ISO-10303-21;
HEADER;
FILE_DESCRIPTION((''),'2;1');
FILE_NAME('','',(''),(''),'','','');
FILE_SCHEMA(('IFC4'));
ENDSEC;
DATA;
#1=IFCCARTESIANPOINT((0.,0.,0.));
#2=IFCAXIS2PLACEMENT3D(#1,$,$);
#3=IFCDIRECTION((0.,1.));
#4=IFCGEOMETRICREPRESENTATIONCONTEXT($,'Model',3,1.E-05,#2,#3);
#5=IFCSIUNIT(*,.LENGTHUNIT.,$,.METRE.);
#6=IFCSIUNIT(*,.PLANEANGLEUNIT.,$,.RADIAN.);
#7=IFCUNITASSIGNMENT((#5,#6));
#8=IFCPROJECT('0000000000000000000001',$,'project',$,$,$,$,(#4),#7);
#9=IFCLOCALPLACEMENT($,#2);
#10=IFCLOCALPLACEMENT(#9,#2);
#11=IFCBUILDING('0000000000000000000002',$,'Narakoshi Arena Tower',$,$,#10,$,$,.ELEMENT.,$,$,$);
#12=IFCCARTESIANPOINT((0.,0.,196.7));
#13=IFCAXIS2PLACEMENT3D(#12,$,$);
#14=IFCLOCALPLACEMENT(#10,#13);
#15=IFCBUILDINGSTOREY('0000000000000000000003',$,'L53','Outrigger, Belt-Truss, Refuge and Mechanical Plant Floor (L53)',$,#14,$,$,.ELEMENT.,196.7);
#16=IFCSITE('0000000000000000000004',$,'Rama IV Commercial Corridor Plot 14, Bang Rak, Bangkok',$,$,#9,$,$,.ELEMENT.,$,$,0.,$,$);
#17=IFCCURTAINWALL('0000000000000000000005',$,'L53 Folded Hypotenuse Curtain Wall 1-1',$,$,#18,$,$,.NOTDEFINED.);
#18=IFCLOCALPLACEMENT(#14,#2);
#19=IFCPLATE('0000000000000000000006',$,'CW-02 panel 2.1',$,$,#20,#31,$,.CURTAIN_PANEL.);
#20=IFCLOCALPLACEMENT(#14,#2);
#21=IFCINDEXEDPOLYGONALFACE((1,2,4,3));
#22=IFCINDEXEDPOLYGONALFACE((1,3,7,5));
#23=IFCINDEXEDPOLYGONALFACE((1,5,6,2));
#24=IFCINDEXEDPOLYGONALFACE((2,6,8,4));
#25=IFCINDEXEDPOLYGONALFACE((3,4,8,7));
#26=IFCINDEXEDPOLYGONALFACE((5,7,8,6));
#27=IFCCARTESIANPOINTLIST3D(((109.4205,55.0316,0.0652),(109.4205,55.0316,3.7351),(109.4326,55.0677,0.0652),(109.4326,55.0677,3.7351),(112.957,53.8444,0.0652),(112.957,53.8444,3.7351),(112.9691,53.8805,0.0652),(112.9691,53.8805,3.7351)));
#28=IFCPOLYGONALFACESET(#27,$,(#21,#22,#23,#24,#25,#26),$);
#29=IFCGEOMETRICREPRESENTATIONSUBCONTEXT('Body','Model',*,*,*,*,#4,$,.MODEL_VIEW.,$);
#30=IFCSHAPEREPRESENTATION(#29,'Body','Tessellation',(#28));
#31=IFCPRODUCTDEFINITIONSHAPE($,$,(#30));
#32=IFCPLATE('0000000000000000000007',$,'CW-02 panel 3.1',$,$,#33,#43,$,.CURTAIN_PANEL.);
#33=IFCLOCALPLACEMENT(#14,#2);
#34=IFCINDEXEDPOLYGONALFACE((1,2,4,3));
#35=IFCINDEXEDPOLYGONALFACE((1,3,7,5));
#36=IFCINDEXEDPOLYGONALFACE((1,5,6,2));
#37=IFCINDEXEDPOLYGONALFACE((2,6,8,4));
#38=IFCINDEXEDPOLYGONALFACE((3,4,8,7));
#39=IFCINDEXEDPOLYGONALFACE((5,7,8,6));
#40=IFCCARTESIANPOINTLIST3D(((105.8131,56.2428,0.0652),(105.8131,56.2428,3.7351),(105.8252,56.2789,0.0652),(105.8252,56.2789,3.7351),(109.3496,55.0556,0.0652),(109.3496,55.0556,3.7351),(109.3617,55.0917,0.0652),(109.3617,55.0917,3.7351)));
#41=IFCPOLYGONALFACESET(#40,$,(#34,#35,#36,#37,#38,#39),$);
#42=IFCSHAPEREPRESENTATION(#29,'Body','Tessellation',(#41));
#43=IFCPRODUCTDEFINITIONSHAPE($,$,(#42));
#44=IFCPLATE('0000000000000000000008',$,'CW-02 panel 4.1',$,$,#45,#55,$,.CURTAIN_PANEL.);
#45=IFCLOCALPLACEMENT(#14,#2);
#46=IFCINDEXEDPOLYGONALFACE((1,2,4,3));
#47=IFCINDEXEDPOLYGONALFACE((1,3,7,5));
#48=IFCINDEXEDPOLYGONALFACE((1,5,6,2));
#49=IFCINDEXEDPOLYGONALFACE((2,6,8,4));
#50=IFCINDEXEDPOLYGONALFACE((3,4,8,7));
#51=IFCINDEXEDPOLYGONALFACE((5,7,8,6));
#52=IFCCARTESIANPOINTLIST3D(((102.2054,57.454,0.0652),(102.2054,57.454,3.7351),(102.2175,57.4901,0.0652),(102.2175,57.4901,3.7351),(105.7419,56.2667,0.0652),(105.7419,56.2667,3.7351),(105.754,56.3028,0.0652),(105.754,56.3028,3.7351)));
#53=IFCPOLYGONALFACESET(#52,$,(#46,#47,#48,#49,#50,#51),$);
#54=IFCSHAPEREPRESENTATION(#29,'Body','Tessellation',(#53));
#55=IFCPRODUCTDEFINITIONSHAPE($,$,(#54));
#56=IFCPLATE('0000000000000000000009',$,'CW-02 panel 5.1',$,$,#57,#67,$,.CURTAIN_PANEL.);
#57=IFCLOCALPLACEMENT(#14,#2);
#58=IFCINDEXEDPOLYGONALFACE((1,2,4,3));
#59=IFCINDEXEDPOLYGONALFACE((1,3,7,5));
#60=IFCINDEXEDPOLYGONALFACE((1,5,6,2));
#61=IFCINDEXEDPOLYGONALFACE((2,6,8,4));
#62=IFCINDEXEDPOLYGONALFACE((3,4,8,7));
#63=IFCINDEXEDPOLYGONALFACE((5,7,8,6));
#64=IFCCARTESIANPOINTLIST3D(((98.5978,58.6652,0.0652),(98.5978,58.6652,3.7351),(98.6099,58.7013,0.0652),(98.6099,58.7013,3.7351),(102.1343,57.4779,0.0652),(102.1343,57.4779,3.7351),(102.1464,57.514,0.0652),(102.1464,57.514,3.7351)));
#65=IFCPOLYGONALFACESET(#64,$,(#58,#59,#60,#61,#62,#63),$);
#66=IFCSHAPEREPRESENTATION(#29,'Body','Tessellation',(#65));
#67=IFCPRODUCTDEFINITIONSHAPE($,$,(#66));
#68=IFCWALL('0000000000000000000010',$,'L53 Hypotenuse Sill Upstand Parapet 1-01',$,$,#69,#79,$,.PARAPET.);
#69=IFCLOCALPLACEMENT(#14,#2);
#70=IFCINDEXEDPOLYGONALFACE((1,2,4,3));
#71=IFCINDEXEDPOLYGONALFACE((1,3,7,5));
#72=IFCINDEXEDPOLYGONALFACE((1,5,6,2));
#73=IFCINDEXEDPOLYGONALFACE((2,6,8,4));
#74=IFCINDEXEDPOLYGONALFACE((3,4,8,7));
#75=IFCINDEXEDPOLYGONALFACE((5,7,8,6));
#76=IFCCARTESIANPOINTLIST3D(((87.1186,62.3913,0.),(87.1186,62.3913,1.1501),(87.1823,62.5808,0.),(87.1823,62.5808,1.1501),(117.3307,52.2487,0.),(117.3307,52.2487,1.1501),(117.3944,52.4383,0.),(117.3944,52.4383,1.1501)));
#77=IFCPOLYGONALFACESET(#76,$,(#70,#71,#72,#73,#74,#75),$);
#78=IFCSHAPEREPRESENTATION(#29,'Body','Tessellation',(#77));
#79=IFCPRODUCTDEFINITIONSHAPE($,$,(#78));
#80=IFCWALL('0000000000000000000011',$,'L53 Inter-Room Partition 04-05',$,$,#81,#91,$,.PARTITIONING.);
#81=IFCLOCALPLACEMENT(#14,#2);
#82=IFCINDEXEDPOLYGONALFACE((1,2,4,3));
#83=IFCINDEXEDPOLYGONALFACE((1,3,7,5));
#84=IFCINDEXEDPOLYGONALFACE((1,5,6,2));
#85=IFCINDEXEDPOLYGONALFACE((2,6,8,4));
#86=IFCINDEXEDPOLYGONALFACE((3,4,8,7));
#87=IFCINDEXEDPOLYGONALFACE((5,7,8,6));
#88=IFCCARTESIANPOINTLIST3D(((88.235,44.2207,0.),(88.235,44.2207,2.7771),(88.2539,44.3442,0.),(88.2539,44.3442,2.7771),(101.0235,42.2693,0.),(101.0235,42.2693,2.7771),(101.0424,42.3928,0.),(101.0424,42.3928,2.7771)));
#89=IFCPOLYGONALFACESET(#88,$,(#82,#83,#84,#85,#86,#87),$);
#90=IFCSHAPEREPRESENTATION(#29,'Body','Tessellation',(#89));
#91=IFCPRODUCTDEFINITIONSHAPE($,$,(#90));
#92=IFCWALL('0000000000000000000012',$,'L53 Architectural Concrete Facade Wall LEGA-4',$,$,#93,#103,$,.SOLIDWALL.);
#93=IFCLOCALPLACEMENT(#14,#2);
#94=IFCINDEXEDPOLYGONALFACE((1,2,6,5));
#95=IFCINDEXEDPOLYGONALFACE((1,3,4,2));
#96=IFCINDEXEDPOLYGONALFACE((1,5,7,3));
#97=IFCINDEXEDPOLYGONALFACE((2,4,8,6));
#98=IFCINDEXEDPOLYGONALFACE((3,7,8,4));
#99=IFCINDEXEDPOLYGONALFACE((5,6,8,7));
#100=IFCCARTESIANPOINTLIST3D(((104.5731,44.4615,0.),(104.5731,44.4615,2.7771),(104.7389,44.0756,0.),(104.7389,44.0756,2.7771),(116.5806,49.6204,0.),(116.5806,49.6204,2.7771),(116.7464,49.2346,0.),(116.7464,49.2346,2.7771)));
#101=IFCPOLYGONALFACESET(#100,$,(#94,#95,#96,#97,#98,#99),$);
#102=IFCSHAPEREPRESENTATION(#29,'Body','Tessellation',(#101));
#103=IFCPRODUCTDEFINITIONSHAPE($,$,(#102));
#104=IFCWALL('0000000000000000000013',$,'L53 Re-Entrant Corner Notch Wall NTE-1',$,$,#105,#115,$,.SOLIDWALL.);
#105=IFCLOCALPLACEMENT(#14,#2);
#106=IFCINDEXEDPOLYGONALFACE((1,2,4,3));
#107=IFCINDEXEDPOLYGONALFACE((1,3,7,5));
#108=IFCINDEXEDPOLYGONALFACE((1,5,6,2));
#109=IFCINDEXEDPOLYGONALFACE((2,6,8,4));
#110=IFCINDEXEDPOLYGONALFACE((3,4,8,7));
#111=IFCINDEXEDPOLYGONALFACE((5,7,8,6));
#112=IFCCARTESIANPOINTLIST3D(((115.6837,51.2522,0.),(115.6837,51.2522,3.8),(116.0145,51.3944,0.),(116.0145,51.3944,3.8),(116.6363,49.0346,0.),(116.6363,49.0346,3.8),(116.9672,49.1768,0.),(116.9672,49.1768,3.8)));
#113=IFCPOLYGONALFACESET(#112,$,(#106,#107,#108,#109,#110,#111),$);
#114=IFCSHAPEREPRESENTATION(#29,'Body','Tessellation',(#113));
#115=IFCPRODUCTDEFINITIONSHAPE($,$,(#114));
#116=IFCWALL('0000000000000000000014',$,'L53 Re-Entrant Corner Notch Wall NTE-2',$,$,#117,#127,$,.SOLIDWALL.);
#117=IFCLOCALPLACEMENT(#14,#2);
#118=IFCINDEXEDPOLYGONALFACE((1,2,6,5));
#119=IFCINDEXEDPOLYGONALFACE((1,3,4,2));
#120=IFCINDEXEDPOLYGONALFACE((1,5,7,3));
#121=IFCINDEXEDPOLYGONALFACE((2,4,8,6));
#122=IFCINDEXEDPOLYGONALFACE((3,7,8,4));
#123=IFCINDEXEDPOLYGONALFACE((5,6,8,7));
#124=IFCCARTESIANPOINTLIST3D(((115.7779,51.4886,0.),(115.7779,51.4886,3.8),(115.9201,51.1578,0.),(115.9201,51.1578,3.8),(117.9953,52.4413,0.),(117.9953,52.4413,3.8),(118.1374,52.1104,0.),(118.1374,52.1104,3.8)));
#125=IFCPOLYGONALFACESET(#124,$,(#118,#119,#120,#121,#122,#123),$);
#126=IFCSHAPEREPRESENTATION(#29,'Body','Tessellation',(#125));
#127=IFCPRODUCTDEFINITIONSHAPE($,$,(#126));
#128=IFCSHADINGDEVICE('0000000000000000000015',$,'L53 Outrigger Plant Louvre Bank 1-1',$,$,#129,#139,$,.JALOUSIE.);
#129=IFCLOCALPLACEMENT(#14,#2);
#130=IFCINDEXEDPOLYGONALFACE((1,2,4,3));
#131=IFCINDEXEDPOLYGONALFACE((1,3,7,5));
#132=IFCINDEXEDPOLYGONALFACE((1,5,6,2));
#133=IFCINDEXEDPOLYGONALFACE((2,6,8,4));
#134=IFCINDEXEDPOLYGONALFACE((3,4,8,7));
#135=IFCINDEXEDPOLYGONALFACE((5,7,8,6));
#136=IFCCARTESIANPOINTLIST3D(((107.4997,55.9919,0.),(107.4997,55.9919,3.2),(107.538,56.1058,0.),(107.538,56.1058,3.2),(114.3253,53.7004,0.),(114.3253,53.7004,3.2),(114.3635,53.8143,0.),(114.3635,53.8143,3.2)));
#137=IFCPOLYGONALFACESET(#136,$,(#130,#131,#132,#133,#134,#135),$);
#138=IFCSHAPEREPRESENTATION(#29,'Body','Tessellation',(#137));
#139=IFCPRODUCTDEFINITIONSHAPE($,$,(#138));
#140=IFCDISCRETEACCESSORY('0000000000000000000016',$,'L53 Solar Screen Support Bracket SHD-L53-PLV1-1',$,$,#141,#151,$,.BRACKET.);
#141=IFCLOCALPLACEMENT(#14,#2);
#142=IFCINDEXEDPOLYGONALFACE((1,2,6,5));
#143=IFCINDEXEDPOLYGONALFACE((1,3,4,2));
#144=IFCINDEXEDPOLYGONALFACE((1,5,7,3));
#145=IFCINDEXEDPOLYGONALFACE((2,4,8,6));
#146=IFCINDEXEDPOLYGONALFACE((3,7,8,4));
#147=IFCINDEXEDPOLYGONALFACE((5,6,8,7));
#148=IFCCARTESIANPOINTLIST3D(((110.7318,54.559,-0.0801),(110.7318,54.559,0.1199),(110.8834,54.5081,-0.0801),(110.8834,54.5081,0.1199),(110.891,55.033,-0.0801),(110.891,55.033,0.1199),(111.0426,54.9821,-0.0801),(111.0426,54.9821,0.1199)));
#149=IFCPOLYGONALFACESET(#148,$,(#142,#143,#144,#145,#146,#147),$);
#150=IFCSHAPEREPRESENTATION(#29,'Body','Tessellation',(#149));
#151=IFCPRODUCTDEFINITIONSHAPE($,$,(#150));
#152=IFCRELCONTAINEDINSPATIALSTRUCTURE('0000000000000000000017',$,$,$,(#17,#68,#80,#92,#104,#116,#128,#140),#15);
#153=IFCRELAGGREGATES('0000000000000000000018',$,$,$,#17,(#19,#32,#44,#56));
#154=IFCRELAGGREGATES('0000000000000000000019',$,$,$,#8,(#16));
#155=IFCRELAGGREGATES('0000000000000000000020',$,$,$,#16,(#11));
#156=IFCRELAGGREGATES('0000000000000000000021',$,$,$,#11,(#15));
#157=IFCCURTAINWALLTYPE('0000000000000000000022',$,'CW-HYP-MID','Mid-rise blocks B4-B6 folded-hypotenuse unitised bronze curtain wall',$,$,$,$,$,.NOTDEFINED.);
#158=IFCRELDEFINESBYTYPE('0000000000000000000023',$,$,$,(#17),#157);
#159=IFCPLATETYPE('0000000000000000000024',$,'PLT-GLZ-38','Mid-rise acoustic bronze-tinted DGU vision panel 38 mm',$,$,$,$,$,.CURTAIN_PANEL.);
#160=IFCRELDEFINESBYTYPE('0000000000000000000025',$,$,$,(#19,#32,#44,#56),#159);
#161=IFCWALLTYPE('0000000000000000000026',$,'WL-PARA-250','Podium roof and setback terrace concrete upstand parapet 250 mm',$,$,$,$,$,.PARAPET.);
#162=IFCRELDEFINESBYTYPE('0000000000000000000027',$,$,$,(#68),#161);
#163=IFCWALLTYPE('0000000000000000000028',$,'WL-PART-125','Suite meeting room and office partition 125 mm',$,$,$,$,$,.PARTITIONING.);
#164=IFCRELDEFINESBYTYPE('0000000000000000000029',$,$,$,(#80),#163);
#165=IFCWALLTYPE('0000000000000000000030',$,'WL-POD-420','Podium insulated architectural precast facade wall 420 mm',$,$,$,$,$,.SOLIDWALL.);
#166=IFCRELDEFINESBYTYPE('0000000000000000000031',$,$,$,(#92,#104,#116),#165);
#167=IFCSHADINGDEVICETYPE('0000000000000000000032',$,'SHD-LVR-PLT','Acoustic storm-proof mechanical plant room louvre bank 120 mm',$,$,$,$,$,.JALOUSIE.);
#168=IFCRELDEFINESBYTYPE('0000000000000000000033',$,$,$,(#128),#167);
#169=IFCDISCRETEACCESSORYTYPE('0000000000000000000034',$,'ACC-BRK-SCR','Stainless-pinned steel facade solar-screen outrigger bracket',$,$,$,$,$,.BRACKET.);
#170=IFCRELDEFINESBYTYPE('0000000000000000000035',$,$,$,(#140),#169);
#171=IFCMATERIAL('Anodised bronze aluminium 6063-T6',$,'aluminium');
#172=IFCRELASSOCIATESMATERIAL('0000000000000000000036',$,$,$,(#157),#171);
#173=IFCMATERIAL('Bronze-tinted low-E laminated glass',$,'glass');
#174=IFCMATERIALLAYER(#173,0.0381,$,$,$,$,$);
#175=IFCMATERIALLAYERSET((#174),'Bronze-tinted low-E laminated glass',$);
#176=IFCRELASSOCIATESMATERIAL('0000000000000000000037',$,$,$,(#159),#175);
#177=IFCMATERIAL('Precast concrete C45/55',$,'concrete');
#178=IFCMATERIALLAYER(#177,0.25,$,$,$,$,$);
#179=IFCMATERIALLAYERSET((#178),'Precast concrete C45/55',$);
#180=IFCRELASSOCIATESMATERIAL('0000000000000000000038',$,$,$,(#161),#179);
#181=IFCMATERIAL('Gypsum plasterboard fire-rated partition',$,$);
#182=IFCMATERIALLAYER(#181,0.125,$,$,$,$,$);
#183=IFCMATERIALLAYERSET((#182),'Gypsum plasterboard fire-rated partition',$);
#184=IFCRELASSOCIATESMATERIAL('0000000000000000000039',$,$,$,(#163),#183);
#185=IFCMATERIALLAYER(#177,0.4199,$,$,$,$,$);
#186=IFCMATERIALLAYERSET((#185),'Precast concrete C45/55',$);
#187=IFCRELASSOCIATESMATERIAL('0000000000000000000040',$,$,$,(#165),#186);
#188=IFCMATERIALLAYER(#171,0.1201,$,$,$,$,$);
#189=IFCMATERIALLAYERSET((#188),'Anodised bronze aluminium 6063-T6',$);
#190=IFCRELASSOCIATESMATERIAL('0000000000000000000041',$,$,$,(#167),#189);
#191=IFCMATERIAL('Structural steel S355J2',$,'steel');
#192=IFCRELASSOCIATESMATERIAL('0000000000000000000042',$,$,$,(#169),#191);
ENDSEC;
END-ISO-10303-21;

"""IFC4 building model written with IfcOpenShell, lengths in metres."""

from ifc_helpers import new_model, si_unit, direction, frame, frame_2d, origin, origin_2d, place, context, subcontext, project, spatial, rectangle, extrude, material, layer, layer_set, type_object, element, aggregate, save


model = new_model("IFC4")

# Units and contexts
model_context = context("Model", 3, precision=1e-05, world=origin(), true_north=direction((0.0, 1.0)))
body_context = subcontext(model_context, "Body", "Model", "MODEL_VIEW")
ifc_project = project(units=[si_unit("LENGTHUNIT", "METRE"), si_unit("PLANEANGLEUNIT", "RADIAN")], contexts=[model_context])

# Site, building, storey
site_placement = place(None, origin())
site = spatial("IfcSite", under=ifc_project, at=site_placement, Name="Rama IV Commercial Corridor Plot 14, Bang Rak, Bangkok", CompositionType="ELEMENT", RefElevation=0.0)
building_placement = place(site_placement, origin())
building = spatial("IfcBuilding", under=site, at=building_placement, Name="Narakoshi Arena Tower", CompositionType="ELEMENT")
storey_placement = place(building_placement, frame((0.0, 0.0, 196.7)))
storey = spatial("IfcBuildingStorey", under=building, at=storey_placement, Name="L53", Description="Outrigger, Belt-Truss, Refuge and Mechanical Plant Floor (L53)", CompositionType="ELEMENT", Elevation=196.7)

# Curtain wall, plates
ifc_material_1 = material(Name="Anodised bronze aluminium 6063-T6", Category="aluminium")
curtain_wall_type = type_object("IfcCurtainWallType", Name="CW-HYP-MID", Description="Mid-rise blocks B4-B6 folded-hypotenuse unitised bronze curtain wall", PredefinedType="NOTDEFINED", material=ifc_material_1)
curtain_wall_placement = place(storey_placement, origin())
curtain_wall = element("IfcCurtainWall", 1, at=curtain_wall_placement, inside=storey, type_object=curtain_wall_type, Name="L53 Folded Hypotenuse Curtain Wall 1-1", PredefinedType="NOTDEFINED")
ifc_material_2 = material(Name="Bronze-tinted low-E laminated glass", Category="glass")
ifc_layer_1 = layer(ifc_material_2, 0.0381)
ifc_layer_set_1 = layer_set([ifc_layer_1], Name="Bronze-tinted low-E laminated glass")
plate_type = type_object("IfcPlateType", Name="PLT-GLZ-38", Description="Mid-rise acoustic bronze-tinted DGU vision panel 38 mm", PredefinedType="CURTAIN_PANEL", material=ifc_layer_set_1)
plate_1_placement = place(storey_placement, frame((111.1948, 54.4561, 0.0652), z_axis=(0.0, 0.0, 1.0), x_axis=(-0.948003, 0.318261, 0.0)))
plate_1 = element("IfcPlate", 2, at=plate_1_placement, type_object=plate_type, Name="CW-02 panel 2.1", PredefinedType="CURTAIN_PANEL", context=body_context, shape_type="SweptSolid", body=[
    extrude(rectangle(XDim=3.7305, YDim=0.0381, at=origin_2d()), origin(), (0.0, 0.0, 1.0), 3.6699),
])
plate_2_placement = place(storey_placement, frame((107.5874, 55.6672, 0.0652), z_axis=(0.0, 0.0, 1.0), x_axis=(-0.948003, 0.318261, 0.0)))
plate_2 = element("IfcPlate", 3, at=plate_2_placement, type_object=plate_type, Name="CW-02 panel 3.1", PredefinedType="CURTAIN_PANEL", context=body_context, shape_type="SweptSolid", body=[
    extrude(rectangle(XDim=3.7305, YDim=0.0381, at=origin_2d()), origin(), (0.0, 0.0, 1.0), 3.6699),
])
plate_3_placement = place(storey_placement, frame((103.9797, 56.8784, 0.0652), z_axis=(0.0, 0.0, 1.0), x_axis=(-0.948003, 0.318261, 0.0)))
plate_3 = element("IfcPlate", 4, at=plate_3_placement, type_object=plate_type, Name="CW-02 panel 4.1", PredefinedType="CURTAIN_PANEL", context=body_context, shape_type="SweptSolid", body=[
    extrude(rectangle(XDim=3.7305, YDim=0.0381, at=origin_2d()), origin(), (0.0, 0.0, 1.0), 3.6699),
])
plate_4_placement = place(storey_placement, frame((100.3721, 58.0896, 0.0652), z_axis=(0.0, 0.0, 1.0), x_axis=(-0.948003, 0.318261, 0.0)))
plate_4 = element("IfcPlate", 5, at=plate_4_placement, type_object=plate_type, Name="CW-02 panel 5.1", PredefinedType="CURTAIN_PANEL", context=body_context, shape_type="SweptSolid", body=[
    extrude(rectangle(XDim=3.7305, YDim=0.0381, at=origin_2d()), origin(), (0.0, 0.0, 1.0), 3.6699),
])
aggregate(curtain_wall, [plate_1, plate_2, plate_3, plate_4])

# Walls
ifc_material_3 = material(Name="Precast concrete C45/55", Category="concrete")
ifc_layer_2 = layer(ifc_material_3, 0.25)
ifc_layer_set_2 = layer_set([ifc_layer_2], Name="Precast concrete C45/55")
wall_type_1 = type_object("IfcWallType", Name="WL-PARA-250", Description="Podium roof and setback terrace concrete upstand parapet 250 mm", PredefinedType="PARAPET", material=ifc_layer_set_2)
wall_1_placement = place(storey_placement, frame((117.3625, 52.3435, 0.0), z_axis=(0.0, 0.0, 1.0), x_axis=(-0.948005, 0.318256, 0.0)))
element("IfcWall", 6, at=wall_1_placement, inside=storey, type_object=wall_type_1, Name="L53 Hypotenuse Sill Upstand Parapet 1-01", PredefinedType="PARAPET", context=body_context, shape_type="SweptSolid", body=[
    extrude(rectangle(XDim=31.8691, YDim=0.2, at=frame_2d((15.9346, 0.0))), origin(), (0.0, 0.0, 1.0), 1.1501),
])
ifc_material_4 = material(Name="Gypsum plasterboard fire-rated partition")
ifc_layer_3 = layer(ifc_material_4, 0.125)
ifc_layer_set_3 = layer_set([ifc_layer_3], Name="Gypsum plasterboard fire-rated partition")
wall_type_2 = type_object("IfcWallType", Name="WL-PART-125", Description="Suite meeting room and office partition 125 mm", PredefinedType="PARTITIONING", material=ifc_layer_set_3)
wall_2_placement = place(storey_placement, frame((101.033, 42.3311, 0.0), z_axis=(0.0, 0.0, 1.0), x_axis=(-0.988557, 0.150845, 0.0)))
element("IfcWall", 7, at=wall_2_placement, inside=storey, type_object=wall_type_2, Name="L53 Inter-Room Partition 04-05", PredefinedType="PARTITIONING", context=body_context, shape_type="SweptSolid", body=[
    extrude(rectangle(XDim=12.9365, YDim=0.125, at=frame_2d((6.4683, 0.0))), origin(), (0.0, 0.0, 1.0), 2.7771),
])
ifc_layer_4 = layer(ifc_material_3, 0.4199)
ifc_layer_set_4 = layer_set([ifc_layer_4], Name="Precast concrete C45/55")
wall_type_3 = type_object("IfcWallType", Name="WL-POD-420", Description="Podium insulated architectural precast facade wall 420 mm", PredefinedType="SOLIDWALL", material=ifc_layer_set_4)
wall_3_placement = place(storey_placement, frame((104.656, 44.2686, 0.0), z_axis=(0.0, 0.0, 1.0), x_axis=(0.918789, 0.394749, 0.0)))
element("IfcWall", 8, at=wall_3_placement, inside=storey, type_object=wall_type_3, Name="L53 Architectural Concrete Facade Wall LEGA-4", PredefinedType="SOLIDWALL", context=body_context, shape_type="SweptSolid", body=[
    extrude(rectangle(XDim=13.0688, YDim=0.4199, at=frame_2d((6.5344, 0.0))), origin(), (0.0, 0.0, 1.0), 2.7771),
])
wall_4_placement = place(storey_placement, frame((116.8018, 49.1057, 0.0), z_axis=(0.0, 0.0, 1.0), x_axis=(-0.394713, 0.918805, 0.0)))
element("IfcWall", 9, at=wall_4_placement, inside=storey, type_object=wall_type_3, Name="L53 Re-Entrant Corner Notch Wall NTE-1", PredefinedType="SOLIDWALL", context=body_context, shape_type="SweptSolid", body=[
    extrude(rectangle(XDim=2.4136, YDim=0.3601, at=frame_2d((1.2068, 0.0))), origin(), (0.0, 0.0, 1.0), 3.8),
])
wall_5_placement = place(storey_placement, frame((115.8491, 51.3232, 0.0), z_axis=(0.0, 0.0, 1.0), x_axis=(0.918789, 0.394749, 0.0)))
element("IfcWall", 10, at=wall_5_placement, inside=storey, type_object=wall_type_3, Name="L53 Re-Entrant Corner Notch Wall NTE-2", PredefinedType="SOLIDWALL", context=body_context, shape_type="SweptSolid", body=[
    extrude(rectangle(XDim=2.4133, YDim=0.3601, at=frame_2d((1.2065, 0.0))), origin(), (0.0, 0.0, 1.0), 3.8),
])

# Shading device
ifc_layer_5 = layer(ifc_material_1, 0.1201)
ifc_layer_set_5 = layer_set([ifc_layer_5], Name="Anodised bronze aluminium 6063-T6")
shading_device_type = type_object("IfcShadingDeviceType", Name="SHD-LVR-PLT", Description="Acoustic storm-proof mechanical plant room louvre bank 120 mm", PredefinedType="JALOUSIE", material=ifc_layer_set_5)
shading_device_placement = place(storey_placement, frame((110.9316, 54.9031, 0.0), z_axis=(0.0, 0.0, 1.0), x_axis=(-0.948002, 0.318264, 0.0)))
element("IfcShadingDevice", 11, at=shading_device_placement, inside=storey, type_object=shading_device_type, Name="L53 Outrigger Plant Louvre Bank 1-1", PredefinedType="JALOUSIE", context=body_context, shape_type="SweptSolid", body=[
    extrude(rectangle(XDim=7.2, YDim=0.1201, at=origin_2d()), origin(), (0.0, 0.0, 1.0), 3.2),
])

# Discrete accessory
ifc_material_5 = material(Name="Structural steel S355J2", Category="steel")
discrete_accessory_type = type_object("IfcDiscreteAccessoryType", Name="ACC-BRK-SCR", Description="Stainless-pinned steel facade solar-screen outrigger bracket", PredefinedType="BRACKET", material=ifc_material_5)
discrete_accessory_placement = place(storey_placement, frame((110.8872, 54.7705, -0.0801), z_axis=(0.0, 0.0, 1.0), x_axis=(-0.948002, 0.318264, 0.0)))
element("IfcDiscreteAccessory", 12, at=discrete_accessory_placement, inside=storey, type_object=discrete_accessory_type, Name="L53 Solar Screen Support Bracket SHD-L53-PLV1-1", PredefinedType="BRACKET", context=body_context, shape_type="SweptSolid", body=[
    extrude(rectangle(XDim=0.1599, YDim=0.5, at=origin_2d()), origin(), (0.0, 0.0, 1.0), 0.2),
])

save(model, "model.ifc")
